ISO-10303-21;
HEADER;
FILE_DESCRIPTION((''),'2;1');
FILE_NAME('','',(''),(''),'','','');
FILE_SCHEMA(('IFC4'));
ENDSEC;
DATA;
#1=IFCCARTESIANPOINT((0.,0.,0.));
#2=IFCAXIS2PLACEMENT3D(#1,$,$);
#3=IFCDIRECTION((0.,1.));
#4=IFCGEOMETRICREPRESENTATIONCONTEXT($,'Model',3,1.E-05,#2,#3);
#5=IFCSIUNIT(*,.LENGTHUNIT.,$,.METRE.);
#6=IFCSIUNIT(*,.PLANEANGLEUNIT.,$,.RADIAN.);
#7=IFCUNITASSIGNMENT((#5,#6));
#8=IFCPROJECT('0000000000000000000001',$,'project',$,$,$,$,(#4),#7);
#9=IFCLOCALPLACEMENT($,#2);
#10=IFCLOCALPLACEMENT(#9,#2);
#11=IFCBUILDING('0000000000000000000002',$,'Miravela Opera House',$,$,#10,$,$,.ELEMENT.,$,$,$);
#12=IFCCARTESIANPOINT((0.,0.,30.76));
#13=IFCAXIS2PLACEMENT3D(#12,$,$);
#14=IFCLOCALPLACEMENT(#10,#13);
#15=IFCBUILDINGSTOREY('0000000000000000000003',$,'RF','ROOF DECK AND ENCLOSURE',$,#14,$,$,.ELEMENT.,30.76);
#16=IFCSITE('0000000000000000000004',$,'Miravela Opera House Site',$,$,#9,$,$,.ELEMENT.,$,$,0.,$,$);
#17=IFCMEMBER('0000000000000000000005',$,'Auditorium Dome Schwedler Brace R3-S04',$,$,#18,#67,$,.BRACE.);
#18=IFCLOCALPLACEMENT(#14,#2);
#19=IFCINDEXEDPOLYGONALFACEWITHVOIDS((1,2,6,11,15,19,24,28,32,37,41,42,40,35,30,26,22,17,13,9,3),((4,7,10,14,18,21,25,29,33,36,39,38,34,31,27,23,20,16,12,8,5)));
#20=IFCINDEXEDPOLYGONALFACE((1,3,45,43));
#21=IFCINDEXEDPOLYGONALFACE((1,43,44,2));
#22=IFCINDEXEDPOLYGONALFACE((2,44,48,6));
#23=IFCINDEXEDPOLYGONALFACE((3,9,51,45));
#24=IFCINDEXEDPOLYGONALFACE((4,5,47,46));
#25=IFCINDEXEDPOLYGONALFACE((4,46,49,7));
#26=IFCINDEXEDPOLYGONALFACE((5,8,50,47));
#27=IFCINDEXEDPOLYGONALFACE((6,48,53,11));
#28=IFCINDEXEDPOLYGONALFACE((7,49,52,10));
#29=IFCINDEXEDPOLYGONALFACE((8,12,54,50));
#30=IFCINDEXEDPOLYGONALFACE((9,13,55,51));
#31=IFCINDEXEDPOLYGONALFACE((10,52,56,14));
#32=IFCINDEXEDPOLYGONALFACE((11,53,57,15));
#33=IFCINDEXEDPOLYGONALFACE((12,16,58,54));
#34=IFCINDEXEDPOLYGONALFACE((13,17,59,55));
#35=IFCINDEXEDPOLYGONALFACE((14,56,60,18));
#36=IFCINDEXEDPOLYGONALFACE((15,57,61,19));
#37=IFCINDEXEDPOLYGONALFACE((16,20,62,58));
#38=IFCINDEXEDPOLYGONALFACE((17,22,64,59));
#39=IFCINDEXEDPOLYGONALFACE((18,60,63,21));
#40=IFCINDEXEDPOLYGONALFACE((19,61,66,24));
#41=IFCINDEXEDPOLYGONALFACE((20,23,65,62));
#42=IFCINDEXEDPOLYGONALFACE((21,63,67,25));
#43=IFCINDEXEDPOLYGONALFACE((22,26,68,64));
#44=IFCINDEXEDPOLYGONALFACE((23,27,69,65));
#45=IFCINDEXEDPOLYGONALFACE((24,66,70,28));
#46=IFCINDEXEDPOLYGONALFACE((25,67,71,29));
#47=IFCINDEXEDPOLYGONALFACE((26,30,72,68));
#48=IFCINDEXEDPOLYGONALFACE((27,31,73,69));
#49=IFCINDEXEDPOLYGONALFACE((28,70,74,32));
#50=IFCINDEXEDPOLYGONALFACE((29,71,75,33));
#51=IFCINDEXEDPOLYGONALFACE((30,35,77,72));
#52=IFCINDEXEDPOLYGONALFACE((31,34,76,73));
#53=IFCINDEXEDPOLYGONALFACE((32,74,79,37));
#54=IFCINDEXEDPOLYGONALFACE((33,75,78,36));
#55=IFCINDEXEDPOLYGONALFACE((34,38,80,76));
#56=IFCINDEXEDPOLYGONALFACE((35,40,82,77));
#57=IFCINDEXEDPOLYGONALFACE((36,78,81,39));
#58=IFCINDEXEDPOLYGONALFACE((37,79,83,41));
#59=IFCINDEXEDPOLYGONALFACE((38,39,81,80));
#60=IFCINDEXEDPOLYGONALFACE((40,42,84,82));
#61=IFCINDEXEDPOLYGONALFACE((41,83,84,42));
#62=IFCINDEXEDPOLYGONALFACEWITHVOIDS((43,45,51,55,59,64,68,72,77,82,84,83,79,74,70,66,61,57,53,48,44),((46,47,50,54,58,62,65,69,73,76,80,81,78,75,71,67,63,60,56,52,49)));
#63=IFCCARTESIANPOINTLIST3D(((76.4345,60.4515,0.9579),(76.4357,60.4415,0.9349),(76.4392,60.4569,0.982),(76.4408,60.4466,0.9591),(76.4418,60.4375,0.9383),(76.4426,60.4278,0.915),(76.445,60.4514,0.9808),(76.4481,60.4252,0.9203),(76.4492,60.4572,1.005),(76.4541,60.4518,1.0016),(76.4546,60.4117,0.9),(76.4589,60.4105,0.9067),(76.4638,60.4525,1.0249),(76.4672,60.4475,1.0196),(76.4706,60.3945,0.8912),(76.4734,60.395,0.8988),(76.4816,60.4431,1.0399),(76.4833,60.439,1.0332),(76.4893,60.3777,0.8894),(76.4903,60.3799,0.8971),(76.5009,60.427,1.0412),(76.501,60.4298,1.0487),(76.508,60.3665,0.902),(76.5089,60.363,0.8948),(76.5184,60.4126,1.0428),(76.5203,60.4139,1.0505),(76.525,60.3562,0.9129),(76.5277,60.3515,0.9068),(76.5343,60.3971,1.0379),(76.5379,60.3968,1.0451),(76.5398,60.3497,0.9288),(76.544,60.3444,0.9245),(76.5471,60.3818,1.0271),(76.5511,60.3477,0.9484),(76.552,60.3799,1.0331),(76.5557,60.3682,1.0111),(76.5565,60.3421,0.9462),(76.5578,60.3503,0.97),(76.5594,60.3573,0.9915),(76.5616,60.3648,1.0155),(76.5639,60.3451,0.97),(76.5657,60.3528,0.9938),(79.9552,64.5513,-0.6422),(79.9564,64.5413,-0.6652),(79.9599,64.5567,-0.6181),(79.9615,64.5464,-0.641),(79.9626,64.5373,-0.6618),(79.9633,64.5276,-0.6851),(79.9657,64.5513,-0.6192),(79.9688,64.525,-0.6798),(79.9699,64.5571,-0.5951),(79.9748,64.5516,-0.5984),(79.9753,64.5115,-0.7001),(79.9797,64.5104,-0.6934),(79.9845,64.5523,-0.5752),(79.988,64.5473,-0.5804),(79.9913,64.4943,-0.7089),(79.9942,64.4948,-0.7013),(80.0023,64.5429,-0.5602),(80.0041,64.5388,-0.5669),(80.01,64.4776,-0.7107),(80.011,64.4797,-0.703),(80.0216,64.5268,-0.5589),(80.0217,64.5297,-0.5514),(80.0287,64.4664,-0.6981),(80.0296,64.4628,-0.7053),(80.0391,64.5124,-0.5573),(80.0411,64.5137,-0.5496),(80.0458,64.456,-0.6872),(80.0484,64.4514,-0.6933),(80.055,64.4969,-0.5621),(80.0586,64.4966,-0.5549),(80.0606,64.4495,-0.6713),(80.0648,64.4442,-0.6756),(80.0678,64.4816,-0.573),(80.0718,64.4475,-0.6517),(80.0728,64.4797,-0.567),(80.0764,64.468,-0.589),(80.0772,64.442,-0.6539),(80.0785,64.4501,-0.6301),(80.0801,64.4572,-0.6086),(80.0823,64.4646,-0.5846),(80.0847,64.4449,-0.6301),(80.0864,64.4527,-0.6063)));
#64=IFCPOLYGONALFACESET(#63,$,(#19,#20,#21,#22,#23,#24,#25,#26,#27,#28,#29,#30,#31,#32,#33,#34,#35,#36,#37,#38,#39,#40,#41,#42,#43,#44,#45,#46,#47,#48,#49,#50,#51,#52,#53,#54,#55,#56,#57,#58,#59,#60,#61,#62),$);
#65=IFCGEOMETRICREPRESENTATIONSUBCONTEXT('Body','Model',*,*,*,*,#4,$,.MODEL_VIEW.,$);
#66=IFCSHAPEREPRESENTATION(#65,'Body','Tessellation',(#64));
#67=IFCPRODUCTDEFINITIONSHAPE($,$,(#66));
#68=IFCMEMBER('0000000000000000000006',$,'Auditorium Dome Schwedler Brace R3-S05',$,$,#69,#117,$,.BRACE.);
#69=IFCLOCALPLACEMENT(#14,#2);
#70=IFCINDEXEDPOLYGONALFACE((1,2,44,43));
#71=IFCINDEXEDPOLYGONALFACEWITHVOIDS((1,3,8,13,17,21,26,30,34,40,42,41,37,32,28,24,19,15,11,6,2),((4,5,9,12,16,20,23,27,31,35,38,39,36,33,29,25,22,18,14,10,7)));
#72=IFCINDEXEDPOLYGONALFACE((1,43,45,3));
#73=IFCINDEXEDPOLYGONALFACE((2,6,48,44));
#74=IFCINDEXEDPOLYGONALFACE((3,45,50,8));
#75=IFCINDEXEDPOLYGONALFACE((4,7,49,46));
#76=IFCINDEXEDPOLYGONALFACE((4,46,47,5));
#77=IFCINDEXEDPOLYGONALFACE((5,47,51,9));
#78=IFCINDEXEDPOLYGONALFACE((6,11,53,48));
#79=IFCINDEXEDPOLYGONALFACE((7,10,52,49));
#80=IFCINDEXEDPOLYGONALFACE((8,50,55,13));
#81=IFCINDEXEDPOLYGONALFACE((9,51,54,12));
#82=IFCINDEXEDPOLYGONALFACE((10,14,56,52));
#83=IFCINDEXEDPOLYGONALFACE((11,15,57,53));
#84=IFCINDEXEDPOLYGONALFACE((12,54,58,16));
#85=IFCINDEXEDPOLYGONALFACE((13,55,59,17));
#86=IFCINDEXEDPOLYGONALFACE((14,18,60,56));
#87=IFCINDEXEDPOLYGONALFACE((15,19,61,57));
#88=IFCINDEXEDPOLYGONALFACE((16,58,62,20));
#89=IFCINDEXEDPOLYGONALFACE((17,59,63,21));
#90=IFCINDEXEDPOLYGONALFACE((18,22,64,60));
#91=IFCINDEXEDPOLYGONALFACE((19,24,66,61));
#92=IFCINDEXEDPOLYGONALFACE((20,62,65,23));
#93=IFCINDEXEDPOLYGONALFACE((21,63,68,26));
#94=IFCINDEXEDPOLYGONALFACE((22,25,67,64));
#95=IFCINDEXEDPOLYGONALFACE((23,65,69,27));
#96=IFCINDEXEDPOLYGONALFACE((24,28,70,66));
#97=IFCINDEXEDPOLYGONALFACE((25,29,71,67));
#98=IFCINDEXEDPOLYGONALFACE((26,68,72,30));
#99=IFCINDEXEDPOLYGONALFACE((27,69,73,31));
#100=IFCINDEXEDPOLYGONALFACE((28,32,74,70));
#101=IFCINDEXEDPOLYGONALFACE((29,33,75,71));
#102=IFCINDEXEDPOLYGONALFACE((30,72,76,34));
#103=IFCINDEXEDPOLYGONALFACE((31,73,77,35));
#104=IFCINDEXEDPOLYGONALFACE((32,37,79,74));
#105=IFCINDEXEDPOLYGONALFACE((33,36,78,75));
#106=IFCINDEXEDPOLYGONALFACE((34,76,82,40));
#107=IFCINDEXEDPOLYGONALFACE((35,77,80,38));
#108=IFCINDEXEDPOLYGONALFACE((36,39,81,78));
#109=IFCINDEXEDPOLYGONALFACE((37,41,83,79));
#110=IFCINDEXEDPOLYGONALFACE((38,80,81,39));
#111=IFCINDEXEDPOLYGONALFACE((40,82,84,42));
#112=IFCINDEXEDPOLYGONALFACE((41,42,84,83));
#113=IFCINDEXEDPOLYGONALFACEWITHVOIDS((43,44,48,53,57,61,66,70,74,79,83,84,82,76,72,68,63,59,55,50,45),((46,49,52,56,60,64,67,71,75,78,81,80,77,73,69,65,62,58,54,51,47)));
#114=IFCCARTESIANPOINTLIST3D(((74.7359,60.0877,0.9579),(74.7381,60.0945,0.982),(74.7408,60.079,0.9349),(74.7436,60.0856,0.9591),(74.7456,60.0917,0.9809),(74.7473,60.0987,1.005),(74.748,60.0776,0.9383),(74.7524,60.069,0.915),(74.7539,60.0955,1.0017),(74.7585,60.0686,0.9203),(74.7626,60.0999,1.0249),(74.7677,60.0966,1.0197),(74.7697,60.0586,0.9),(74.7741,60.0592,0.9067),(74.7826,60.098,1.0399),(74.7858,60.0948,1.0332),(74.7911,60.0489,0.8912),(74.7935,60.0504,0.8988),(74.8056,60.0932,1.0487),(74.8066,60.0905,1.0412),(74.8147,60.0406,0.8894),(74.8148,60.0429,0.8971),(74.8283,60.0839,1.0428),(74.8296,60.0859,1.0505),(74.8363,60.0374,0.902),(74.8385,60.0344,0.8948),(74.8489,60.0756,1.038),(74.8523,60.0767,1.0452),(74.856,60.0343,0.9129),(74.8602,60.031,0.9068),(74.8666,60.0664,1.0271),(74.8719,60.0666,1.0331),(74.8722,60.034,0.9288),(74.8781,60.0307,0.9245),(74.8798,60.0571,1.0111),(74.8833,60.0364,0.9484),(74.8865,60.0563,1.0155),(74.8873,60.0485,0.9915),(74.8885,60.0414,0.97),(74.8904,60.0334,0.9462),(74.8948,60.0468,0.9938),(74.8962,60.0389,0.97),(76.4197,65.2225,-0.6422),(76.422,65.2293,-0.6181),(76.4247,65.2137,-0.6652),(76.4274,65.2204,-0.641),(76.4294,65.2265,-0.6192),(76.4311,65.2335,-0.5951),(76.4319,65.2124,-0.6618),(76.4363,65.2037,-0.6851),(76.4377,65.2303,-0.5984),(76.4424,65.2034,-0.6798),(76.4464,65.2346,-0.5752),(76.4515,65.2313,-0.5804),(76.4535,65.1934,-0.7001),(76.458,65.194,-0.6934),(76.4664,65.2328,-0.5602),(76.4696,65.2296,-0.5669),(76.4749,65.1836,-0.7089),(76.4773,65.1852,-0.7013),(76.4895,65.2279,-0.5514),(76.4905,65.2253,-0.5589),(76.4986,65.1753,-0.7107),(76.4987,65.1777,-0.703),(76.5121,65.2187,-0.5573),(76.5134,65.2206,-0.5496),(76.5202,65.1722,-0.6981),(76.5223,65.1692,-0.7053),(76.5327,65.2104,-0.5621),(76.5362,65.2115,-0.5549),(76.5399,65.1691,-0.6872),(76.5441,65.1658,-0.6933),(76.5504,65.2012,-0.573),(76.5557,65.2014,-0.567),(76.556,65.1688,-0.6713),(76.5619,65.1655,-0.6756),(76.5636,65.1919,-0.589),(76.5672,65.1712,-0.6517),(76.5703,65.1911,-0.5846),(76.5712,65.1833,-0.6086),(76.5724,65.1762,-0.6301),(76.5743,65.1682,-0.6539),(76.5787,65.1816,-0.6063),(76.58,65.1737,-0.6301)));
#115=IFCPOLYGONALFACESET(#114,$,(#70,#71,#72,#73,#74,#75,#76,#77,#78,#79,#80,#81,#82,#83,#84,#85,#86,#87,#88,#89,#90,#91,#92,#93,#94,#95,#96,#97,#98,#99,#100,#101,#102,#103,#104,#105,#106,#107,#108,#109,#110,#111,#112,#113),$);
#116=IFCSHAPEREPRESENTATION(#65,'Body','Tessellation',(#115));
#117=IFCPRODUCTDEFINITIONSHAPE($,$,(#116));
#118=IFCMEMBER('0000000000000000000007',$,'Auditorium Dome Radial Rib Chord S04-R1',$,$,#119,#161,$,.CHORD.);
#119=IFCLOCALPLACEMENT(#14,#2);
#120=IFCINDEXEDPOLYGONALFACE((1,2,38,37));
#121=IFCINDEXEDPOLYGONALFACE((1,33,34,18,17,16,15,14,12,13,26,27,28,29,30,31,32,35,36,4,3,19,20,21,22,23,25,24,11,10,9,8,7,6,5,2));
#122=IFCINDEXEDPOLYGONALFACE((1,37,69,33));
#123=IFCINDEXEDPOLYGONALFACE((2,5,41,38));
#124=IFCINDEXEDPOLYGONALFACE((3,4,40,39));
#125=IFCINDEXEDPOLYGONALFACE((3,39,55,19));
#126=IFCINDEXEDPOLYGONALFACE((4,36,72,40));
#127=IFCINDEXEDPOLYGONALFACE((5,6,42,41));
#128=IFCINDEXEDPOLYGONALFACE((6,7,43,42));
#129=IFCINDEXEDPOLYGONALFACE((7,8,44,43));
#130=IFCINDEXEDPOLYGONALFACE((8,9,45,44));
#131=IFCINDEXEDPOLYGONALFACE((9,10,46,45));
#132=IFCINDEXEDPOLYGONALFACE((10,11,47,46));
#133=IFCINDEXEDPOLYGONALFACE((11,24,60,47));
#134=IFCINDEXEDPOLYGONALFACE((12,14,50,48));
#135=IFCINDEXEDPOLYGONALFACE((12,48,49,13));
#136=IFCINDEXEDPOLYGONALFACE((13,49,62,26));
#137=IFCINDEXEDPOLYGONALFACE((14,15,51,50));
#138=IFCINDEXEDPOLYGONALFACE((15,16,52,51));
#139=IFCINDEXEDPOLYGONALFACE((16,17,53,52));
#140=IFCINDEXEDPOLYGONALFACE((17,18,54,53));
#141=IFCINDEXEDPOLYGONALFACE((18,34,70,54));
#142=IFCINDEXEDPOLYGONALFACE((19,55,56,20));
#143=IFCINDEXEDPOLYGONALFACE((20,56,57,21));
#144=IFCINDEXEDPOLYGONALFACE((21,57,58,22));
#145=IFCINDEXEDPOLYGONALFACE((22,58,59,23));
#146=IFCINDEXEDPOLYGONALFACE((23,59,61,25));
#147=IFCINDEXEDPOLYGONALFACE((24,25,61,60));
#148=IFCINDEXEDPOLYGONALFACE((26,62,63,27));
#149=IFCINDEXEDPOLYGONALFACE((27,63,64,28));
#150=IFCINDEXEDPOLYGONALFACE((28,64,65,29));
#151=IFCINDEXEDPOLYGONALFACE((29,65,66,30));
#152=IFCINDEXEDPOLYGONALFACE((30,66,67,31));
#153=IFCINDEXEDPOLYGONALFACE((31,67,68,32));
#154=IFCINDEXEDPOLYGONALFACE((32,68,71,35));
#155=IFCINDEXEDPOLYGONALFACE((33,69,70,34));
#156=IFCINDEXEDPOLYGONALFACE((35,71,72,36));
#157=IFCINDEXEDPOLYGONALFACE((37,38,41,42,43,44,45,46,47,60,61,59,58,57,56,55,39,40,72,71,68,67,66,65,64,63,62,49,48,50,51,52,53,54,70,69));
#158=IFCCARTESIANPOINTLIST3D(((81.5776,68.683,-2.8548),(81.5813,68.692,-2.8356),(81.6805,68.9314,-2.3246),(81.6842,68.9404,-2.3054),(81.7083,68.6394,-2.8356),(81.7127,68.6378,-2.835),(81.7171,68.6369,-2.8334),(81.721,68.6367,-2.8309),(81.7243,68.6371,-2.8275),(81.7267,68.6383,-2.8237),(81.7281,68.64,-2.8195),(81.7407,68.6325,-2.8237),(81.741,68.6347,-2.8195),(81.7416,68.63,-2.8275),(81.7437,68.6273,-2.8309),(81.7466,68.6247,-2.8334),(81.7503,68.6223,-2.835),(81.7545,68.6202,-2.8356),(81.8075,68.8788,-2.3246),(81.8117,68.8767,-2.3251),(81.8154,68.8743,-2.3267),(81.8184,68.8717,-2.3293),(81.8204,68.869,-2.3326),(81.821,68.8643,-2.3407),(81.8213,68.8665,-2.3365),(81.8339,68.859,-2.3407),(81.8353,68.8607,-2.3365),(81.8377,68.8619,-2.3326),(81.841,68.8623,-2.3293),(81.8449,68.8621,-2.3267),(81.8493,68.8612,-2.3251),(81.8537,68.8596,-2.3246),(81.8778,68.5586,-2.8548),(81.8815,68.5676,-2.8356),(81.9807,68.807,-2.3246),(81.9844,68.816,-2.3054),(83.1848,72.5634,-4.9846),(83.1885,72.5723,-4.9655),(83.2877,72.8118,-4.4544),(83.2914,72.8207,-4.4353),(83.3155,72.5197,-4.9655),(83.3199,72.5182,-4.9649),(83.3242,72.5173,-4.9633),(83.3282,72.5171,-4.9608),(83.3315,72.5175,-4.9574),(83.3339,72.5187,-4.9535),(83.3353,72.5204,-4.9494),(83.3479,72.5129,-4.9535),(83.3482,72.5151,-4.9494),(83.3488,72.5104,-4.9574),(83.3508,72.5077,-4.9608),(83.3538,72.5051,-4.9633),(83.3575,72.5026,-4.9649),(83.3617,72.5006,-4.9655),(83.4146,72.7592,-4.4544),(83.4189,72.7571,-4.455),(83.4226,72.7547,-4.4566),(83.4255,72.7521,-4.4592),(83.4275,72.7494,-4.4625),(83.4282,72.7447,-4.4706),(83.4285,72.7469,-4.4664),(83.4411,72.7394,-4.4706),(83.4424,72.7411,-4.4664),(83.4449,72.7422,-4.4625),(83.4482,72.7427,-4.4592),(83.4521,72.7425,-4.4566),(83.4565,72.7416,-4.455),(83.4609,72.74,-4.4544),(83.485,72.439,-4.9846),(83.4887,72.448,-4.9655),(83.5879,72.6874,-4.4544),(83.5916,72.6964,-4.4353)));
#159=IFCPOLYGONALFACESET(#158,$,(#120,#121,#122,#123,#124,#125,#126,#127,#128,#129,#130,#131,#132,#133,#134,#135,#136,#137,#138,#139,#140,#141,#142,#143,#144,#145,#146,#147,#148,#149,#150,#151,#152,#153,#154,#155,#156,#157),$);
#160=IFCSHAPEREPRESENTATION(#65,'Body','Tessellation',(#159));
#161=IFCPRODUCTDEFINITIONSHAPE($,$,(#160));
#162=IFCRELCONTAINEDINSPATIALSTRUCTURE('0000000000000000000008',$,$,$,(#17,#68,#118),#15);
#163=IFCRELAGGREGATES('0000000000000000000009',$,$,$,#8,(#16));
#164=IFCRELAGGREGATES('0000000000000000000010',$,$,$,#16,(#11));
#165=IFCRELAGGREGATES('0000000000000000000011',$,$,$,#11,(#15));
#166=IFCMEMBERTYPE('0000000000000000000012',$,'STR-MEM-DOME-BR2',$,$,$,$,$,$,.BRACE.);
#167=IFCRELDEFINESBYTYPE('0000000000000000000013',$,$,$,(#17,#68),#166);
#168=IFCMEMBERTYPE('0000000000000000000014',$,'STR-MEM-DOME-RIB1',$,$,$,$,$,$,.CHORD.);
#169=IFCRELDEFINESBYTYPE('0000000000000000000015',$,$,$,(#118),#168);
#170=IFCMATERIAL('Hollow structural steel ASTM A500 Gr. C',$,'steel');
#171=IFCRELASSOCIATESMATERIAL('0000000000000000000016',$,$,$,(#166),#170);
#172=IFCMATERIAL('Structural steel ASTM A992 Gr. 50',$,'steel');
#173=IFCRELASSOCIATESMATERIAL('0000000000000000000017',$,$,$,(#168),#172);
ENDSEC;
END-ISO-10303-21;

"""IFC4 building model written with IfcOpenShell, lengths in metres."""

from ifc_helpers import new_model, si_unit, direction, frame, origin, origin_2d, place, context, subcontext, project, spatial, hollow_circle, i_section, extrude, material, material_profile, profile_set, type_object, element, save


model = new_model("IFC4")

# Units and contexts
model_context = context("Model", 3, precision=1e-05, world=origin(), true_north=direction((0.0, 1.0)))
body_context = subcontext(model_context, "Body", "Model", "MODEL_VIEW")
ifc_project = project(units=[si_unit("LENGTHUNIT", "METRE"), si_unit("PLANEANGLEUNIT", "RADIAN")], contexts=[model_context])

# Site, building, storey
site_placement = place(None, origin())
site = spatial("IfcSite", under=ifc_project, at=site_placement, Name="Miravela Opera House Site", CompositionType="ELEMENT", RefElevation=0.0)
building_placement = place(site_placement, origin())
building = spatial("IfcBuilding", under=site, at=building_placement, Name="Miravela Opera House", CompositionType="ELEMENT")
storey_placement = place(building_placement, frame((0.0, 0.0, 30.76)))
storey = spatial("IfcBuildingStorey", under=building, at=storey_placement, Name="RF", Description="ROOF DECK AND ENCLOSURE", CompositionType="ELEMENT", Elevation=30.76)

# Shared definitions
ifc_material_1 = material(Name="Structural steel ASTM A992 Gr. 50", Category="steel")

# Members
ifc_material_2 = material(Name="Hollow structural steel ASTM A500 Gr. C", Category="steel")
ifc_material_profile_1 = material_profile(ifc_material_2, hollow_circle(Radius=0.0842, WallThickness=0.0081, at=origin_2d()), Name="CHS168X8")
ifc_profile_set_1 = profile_set([ifc_material_profile_1])
member_type_1 = type_object("IfcMemberType", Name="STR-MEM-DOME-BR2", PredefinedType="BRACE", material=ifc_profile_set_1)
member_1_placement = place(storey_placement, frame((80.0208, 64.4998, -0.6301), z_axis=(-0.624687, -0.727437, 0.283905), x_axis=(0.758654, -0.651494, 0.0)))
element("IfcMember", 1, at=member_1_placement, inside=storey, type_object=member_type_1, Name="Auditorium Dome Schwedler Brace R3-S04", PredefinedType="BRACE", context=body_context, shape_type="SweptSolid", body=[
    extrude(hollow_circle(Radius=0.0842, WallThickness=0.0081, at=origin_2d()), origin(), (0.0, 0.0, 1.0), 5.636),
])
member_2_placement = place(storey_placement, frame((76.5, 65.2, -0.6301), z_axis=(-0.298779, -0.911109, 0.28392), x_axis=(0.950213, -0.311602, 0.0)))
element("IfcMember", 2, at=member_2_placement, inside=storey, type_object=member_type_1, Name="Auditorium Dome Schwedler Brace R3-S05", PredefinedType="BRACE", context=body_context, shape_type="SweptSolid", body=[
    extrude(hollow_circle(Radius=0.0842, WallThickness=0.0081, at=origin_2d()), origin(), (0.0, 0.0, 1.0), 5.6357),
])
ifc_material_profile_2 = material_profile(ifc_material_1, i_section(OverallWidth=0.325, OverallDepth=0.616, WebThickness=0.0139, FlangeThickness=0.0215, FilletRadius=0.0181, at=origin_2d()), Name="W610X174")
ifc_profile_set_2 = profile_set([ifc_material_profile_2])
member_type_2 = type_object("IfcMemberType", Name="STR-MEM-DOME-RIB1", PredefinedType="CHORD", material=ifc_profile_set_2)
member_3_placement = place(storey_placement, frame((83.3882, 72.6299, -4.71), z_axis=(-0.341284, -0.823995, 0.45228), x_axis=(0.92389, -0.382658, 0.0)))
element("IfcMember", 3, at=member_3_placement, inside=storey, type_object=member_type_2, Name="Auditorium Dome Radial Rib Chord S04-R1", PredefinedType="CHORD", context=body_context, shape_type="SweptSolid", body=[
    extrude(i_section(OverallWidth=0.325, OverallDepth=0.616, WebThickness=0.0139, FlangeThickness=0.0215, FilletRadius=0.0181, at=origin_2d()), origin(), (0.0, 0.0, 1.0), 4.7092),
])

save(model, "model.ifc")
